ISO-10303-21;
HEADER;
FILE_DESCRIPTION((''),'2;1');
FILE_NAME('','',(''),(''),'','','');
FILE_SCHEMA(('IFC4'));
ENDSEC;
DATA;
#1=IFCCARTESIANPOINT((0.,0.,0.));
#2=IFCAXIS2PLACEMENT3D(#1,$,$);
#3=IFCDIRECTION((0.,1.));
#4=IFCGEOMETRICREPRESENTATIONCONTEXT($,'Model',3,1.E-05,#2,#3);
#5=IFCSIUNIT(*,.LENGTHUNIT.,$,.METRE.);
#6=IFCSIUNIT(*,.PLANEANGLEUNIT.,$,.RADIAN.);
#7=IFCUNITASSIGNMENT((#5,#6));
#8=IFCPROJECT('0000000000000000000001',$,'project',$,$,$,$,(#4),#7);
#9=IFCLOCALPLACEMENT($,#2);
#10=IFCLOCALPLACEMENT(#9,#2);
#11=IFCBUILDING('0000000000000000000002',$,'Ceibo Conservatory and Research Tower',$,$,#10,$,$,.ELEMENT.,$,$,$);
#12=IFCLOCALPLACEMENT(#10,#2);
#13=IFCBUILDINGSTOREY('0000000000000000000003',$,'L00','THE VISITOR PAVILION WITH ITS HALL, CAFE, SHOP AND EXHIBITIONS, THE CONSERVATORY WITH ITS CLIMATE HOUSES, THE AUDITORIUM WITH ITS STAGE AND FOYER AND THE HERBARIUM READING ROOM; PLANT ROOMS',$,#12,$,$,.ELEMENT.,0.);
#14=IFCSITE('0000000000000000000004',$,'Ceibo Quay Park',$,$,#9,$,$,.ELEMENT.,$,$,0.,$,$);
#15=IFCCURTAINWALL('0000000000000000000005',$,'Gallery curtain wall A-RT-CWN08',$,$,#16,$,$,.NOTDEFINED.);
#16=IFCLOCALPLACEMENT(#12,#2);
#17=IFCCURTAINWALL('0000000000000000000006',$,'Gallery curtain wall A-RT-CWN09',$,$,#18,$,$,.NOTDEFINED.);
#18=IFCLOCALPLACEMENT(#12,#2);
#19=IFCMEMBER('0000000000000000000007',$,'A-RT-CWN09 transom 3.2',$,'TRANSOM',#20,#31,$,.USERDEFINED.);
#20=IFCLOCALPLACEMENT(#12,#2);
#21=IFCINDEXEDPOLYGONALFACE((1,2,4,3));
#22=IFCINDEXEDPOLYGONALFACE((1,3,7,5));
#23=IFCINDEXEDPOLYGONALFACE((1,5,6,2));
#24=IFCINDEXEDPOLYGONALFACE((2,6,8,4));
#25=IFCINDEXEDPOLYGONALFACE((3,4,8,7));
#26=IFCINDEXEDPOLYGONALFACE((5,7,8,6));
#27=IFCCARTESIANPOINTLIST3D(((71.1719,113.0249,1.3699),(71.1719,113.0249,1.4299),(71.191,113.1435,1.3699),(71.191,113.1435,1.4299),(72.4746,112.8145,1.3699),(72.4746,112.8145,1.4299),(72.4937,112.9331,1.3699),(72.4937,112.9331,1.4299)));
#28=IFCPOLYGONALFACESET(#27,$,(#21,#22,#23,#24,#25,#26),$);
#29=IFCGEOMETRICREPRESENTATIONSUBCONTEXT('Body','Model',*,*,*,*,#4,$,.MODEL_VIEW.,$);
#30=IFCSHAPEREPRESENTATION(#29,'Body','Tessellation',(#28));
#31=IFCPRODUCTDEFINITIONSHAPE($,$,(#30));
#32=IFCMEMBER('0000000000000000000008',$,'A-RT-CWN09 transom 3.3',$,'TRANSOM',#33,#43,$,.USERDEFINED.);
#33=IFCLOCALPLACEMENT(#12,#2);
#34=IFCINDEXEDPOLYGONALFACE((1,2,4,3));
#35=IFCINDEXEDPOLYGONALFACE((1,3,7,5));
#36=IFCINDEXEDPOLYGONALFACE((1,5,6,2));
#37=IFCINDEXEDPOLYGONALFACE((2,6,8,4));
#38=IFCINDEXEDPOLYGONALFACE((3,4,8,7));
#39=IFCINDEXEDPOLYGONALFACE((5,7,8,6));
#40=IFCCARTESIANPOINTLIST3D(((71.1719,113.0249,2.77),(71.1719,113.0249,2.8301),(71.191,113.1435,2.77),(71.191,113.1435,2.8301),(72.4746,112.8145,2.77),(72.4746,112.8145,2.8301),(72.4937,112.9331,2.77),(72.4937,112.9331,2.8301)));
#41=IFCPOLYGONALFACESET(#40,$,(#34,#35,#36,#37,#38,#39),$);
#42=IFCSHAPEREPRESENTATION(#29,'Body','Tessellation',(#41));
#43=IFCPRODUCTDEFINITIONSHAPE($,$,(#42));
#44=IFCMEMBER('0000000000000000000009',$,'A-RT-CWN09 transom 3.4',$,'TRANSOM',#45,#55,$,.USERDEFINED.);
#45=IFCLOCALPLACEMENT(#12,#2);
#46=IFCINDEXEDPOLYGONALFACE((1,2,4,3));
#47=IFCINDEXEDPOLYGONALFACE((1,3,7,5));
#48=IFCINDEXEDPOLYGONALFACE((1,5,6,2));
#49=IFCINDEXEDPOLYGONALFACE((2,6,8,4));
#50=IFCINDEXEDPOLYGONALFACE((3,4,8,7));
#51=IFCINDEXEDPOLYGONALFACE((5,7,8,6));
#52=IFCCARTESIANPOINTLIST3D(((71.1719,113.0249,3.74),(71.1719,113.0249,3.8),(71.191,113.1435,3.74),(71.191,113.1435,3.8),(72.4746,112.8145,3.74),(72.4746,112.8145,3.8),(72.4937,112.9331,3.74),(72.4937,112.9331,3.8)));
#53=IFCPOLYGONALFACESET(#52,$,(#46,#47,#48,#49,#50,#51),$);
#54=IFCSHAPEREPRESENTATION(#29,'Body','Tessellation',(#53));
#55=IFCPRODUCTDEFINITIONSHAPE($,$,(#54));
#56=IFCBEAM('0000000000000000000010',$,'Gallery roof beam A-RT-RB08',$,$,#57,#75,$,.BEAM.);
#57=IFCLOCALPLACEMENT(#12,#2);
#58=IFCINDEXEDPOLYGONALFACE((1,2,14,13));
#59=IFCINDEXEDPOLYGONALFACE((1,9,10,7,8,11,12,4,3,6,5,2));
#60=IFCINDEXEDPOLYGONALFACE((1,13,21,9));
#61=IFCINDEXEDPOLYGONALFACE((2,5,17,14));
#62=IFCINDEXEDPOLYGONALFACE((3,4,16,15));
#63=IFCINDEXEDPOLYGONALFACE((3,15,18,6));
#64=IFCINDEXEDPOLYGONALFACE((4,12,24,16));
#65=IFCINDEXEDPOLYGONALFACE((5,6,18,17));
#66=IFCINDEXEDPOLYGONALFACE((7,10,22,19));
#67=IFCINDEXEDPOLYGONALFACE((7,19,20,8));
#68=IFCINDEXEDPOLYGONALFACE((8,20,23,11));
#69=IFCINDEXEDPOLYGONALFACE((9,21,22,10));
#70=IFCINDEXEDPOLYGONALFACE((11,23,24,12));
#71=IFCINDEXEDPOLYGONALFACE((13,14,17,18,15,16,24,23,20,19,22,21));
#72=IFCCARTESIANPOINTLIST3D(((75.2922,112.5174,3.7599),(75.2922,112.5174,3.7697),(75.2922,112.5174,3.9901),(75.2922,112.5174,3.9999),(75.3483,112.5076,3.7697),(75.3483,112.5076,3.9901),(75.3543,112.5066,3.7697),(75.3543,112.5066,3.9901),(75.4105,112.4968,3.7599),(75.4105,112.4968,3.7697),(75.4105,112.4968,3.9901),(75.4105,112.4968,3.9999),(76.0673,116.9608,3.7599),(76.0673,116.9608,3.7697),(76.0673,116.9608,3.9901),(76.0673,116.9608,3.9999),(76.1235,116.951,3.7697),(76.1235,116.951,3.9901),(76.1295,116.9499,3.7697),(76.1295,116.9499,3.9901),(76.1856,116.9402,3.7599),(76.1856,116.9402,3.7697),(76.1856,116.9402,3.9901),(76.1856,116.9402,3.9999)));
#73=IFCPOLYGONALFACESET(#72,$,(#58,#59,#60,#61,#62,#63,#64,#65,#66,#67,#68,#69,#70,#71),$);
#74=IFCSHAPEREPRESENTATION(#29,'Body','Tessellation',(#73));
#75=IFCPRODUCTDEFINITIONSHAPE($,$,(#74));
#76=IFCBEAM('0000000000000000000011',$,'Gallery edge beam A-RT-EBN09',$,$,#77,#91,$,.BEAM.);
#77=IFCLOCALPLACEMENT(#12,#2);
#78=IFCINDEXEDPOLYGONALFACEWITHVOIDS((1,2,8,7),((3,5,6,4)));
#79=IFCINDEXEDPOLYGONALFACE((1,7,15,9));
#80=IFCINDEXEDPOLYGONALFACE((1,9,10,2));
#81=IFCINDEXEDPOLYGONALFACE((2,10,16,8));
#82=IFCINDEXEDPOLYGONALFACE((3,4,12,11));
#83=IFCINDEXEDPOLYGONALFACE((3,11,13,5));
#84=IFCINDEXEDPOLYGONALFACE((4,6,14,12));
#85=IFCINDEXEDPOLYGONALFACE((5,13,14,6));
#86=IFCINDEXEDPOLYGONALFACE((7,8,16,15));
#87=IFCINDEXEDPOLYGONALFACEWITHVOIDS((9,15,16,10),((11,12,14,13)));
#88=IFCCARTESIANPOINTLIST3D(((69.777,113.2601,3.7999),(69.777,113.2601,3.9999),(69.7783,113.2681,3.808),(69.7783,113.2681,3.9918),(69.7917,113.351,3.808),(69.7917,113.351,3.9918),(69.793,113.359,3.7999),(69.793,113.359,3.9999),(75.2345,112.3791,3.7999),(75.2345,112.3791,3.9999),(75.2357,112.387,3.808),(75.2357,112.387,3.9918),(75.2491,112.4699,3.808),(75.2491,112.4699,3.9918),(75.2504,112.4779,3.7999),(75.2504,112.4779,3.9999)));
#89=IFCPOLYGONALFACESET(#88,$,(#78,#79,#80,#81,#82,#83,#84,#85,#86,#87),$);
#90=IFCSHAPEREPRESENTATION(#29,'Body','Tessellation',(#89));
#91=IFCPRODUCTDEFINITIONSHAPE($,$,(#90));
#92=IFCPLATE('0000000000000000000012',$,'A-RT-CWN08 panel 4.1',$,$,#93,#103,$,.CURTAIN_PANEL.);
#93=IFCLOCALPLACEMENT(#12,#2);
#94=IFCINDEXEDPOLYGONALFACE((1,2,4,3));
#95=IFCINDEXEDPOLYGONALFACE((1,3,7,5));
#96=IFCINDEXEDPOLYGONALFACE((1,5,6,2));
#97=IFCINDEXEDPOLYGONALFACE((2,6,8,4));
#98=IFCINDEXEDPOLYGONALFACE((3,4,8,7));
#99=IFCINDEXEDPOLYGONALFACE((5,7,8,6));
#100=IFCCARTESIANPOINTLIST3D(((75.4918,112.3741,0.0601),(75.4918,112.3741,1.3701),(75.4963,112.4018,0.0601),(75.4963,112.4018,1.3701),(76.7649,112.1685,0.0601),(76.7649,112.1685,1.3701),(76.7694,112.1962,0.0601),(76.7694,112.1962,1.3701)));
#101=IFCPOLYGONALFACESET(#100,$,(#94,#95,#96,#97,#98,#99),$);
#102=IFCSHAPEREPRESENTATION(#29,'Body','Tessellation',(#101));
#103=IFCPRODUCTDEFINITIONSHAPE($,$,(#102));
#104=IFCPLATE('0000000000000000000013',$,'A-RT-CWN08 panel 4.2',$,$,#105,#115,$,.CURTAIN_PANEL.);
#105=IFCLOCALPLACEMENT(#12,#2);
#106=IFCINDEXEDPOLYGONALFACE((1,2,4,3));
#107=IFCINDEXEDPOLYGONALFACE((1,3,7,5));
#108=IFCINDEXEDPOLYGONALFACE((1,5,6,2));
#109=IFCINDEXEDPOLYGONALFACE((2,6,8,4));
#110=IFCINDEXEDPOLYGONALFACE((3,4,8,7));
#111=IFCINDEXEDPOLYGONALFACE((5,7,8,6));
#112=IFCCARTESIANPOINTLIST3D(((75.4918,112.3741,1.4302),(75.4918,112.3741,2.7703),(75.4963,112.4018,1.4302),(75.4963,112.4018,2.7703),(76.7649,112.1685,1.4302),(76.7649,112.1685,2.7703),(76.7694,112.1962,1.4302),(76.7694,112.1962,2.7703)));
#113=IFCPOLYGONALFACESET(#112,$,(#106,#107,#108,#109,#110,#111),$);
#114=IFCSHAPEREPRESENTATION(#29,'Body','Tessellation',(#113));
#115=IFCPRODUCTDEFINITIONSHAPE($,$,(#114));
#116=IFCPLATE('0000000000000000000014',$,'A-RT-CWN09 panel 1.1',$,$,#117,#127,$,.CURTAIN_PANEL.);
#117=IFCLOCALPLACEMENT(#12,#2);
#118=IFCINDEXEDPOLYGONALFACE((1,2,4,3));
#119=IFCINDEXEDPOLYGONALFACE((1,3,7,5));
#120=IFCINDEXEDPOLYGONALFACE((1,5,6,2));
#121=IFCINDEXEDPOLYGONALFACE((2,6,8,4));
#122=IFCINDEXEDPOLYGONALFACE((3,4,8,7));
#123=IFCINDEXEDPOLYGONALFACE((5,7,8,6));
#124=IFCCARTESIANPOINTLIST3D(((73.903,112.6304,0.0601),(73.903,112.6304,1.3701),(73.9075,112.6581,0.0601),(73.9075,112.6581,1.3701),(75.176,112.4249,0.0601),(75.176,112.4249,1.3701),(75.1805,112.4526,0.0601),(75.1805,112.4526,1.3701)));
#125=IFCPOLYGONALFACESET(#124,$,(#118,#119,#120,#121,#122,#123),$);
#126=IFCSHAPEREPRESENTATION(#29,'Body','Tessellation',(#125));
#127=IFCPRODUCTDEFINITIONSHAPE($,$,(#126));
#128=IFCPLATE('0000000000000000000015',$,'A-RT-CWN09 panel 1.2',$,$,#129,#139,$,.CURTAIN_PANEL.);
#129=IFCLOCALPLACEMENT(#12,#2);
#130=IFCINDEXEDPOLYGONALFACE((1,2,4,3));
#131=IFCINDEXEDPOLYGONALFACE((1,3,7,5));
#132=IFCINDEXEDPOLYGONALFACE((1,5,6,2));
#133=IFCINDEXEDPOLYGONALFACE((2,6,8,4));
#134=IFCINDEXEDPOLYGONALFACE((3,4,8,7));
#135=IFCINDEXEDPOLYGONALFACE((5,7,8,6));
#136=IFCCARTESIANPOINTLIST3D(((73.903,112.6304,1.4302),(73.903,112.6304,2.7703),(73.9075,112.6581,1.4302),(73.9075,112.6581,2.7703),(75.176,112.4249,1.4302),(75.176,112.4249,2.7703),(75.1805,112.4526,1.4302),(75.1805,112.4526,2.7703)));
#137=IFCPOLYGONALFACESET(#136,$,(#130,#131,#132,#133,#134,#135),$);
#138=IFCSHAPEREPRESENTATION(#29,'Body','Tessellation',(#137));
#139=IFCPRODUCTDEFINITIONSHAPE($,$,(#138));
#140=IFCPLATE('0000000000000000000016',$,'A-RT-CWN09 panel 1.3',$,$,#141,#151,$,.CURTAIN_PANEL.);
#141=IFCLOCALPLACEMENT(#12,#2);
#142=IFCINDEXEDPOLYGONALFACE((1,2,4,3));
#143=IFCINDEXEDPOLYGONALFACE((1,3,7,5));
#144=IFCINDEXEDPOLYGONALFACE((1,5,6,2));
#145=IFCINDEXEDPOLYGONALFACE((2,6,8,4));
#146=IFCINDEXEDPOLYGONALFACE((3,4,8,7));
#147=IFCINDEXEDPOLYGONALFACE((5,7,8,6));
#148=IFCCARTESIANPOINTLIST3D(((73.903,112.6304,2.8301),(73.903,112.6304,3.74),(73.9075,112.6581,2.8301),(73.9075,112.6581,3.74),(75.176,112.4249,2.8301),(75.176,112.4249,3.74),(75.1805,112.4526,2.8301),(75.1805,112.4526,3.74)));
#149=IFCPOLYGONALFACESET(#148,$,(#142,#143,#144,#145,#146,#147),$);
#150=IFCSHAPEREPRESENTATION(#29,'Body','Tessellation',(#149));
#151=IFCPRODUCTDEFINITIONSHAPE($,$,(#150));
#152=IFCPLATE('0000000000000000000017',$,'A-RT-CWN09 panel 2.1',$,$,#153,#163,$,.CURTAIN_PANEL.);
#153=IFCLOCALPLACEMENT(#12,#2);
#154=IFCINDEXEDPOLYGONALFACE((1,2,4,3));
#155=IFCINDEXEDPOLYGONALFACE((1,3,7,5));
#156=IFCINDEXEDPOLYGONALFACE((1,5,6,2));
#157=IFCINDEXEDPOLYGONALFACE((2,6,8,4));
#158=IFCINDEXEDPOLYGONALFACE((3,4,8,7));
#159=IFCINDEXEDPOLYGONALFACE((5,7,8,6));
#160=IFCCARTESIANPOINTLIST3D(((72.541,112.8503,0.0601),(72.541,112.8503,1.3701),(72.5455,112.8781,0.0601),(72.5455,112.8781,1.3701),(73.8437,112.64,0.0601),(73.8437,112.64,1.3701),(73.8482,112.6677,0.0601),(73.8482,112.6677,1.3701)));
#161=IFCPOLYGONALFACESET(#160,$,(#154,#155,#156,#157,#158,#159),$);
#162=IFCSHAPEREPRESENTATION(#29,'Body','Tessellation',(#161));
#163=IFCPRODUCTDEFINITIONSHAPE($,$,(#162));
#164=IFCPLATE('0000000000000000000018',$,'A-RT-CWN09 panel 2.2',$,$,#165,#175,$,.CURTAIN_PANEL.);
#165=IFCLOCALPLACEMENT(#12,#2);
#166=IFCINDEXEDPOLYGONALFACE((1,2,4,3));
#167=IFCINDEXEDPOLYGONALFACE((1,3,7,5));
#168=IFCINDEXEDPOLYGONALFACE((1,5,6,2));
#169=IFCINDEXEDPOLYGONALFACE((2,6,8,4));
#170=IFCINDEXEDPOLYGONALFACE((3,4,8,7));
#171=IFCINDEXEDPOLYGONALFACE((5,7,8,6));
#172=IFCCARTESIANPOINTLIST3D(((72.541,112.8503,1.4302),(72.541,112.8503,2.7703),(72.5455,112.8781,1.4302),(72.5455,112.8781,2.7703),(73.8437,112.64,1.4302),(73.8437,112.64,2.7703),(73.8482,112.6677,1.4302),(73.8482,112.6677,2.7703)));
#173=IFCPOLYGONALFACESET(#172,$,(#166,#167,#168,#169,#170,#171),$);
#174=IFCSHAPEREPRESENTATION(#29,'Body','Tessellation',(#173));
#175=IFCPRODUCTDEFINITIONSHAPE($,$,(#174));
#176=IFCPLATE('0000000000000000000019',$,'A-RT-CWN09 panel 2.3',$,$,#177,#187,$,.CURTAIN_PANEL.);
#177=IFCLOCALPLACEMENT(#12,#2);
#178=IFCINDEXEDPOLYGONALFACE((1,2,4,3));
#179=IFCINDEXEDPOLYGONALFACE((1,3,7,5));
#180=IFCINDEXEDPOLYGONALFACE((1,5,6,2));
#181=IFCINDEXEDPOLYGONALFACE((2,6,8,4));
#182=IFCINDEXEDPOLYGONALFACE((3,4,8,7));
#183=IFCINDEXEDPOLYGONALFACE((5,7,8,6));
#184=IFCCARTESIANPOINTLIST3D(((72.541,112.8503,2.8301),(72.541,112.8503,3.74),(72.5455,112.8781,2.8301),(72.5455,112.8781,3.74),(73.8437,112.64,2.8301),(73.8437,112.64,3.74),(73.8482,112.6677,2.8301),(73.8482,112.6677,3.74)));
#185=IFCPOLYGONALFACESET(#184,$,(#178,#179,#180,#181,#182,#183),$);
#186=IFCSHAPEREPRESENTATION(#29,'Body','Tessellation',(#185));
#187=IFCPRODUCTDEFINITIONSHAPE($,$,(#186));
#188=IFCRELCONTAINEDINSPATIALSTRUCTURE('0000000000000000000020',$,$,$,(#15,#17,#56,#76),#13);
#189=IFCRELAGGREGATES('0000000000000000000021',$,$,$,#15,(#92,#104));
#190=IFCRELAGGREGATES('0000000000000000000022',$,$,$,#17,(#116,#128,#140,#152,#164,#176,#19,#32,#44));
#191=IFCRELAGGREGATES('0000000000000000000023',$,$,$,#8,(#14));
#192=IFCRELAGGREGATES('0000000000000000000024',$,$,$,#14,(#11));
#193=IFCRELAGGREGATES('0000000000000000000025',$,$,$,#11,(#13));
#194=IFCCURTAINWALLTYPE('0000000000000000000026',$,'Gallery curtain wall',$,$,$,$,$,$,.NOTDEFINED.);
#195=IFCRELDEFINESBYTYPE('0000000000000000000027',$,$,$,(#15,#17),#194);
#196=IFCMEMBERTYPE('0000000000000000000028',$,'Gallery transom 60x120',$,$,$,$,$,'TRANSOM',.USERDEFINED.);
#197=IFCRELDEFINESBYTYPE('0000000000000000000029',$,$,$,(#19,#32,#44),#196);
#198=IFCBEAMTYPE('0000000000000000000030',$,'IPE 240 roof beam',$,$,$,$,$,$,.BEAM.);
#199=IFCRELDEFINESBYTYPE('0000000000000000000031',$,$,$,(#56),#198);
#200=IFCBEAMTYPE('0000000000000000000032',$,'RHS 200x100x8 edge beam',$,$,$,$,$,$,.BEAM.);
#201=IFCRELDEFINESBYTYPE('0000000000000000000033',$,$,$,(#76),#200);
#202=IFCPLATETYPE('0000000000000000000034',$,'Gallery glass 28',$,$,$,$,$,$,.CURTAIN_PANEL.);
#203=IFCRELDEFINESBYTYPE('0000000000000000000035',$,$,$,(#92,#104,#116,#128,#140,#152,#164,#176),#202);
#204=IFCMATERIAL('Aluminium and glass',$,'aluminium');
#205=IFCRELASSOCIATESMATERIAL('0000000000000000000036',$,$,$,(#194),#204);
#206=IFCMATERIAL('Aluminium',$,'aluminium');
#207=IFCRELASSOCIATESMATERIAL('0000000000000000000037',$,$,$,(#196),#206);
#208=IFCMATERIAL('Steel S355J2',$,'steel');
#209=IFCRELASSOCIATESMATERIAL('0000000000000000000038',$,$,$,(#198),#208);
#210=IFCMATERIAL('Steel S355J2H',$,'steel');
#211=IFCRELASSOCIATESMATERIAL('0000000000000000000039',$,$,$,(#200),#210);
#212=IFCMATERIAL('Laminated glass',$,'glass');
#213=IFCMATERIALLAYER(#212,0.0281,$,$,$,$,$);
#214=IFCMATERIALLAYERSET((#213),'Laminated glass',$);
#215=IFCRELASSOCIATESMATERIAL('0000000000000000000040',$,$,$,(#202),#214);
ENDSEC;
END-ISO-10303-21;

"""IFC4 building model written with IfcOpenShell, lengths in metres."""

from ifc_helpers import new_model, si_unit, direction, frame, origin, origin_2d, place, context, subcontext, project, spatial, rectangle, hollow_rectangle, i_section, extrude, material, layer, layer_set, material_profile, profile_set, type_object, element, aggregate, save


model = new_model("IFC4")

# Units and contexts
model_context = context("Model", 3, precision=1e-05, world=origin(), true_north=direction((0.0, 1.0)))
body_context = subcontext(model_context, "Body", "Model", "MODEL_VIEW")
ifc_project = project(units=[si_unit("LENGTHUNIT", "METRE"), si_unit("PLANEANGLEUNIT", "RADIAN")], contexts=[model_context])

# Site, building, storey
site_placement = place(None, origin())
site = spatial("IfcSite", under=ifc_project, at=site_placement, Name="Ceibo Quay Park", CompositionType="ELEMENT", RefElevation=0.0)
building_placement = place(site_placement, origin())
building = spatial("IfcBuilding", under=site, at=building_placement, Name="Ceibo Conservatory and Research Tower", CompositionType="ELEMENT")
storey_placement = place(building_placement, origin())
storey = spatial("IfcBuildingStorey", under=building, at=storey_placement, Name="L00", Description="THE VISITOR PAVILION WITH ITS HALL, CAFE, SHOP AND EXHIBITIONS, THE CONSERVATORY WITH ITS CLIMATE HOUSES, THE AUDITORIUM WITH ITS STAGE AND FOYER AND THE HERBARIUM READING ROOM; PLANT ROOMS", CompositionType="ELEMENT", Elevation=0.0)

# Shared definitions
ifc_material_1 = material(Name="Steel S355J2H", Category="steel")

# Curtain wall
ifc_material_2 = material(Name="Aluminium and glass", Category="aluminium")
curtain_wall_type = type_object("IfcCurtainWallType", Name="Gallery curtain wall", PredefinedType="NOTDEFINED", material=ifc_material_2)
curtain_wall_1_placement = place(storey_placement, origin())
curtain_wall_1 = element("IfcCurtainWall", 1, at=curtain_wall_1_placement, inside=storey, type_object=curtain_wall_type, Name="Gallery curtain wall A-RT-CWN08", PredefinedType="NOTDEFINED")
ifc_material_3 = material(Name="Aluminium", Category="aluminium")

# Curtain wall, members
curtain_wall_2_placement = place(storey_placement, origin())
curtain_wall_2 = element("IfcCurtainWall", 2, at=curtain_wall_2_placement, inside=storey, type_object=curtain_wall_type, Name="Gallery curtain wall A-RT-CWN09", PredefinedType="NOTDEFINED")
ifc_material_profile_1 = material_profile(ifc_material_3, rectangle(XDim=0.1201, YDim=0.0601, at=origin_2d()), Name="AL 60x120")
ifc_profile_set_1 = profile_set([ifc_material_profile_1], Name="Aluminium")
member_type_1 = type_object("IfcMemberType", Name="Gallery transom 60x120", ElementType="TRANSOM", PredefinedType="USERDEFINED", material=ifc_profile_set_1)
member_1_placement = place(storey_placement, frame((72.4841, 112.8738, 1.3999), z_axis=(-0.987202, 0.159477, 0.0), x_axis=(-0.159477, -0.987202, 0.0)))
member_1 = element("IfcMember", 3, at=member_1_placement, type_object=member_type_1, Name="A-RT-CWN09 transom 3.2", ObjectType="TRANSOM", PredefinedType="USERDEFINED", context=body_context, shape_type="SweptSolid", body=[
    extrude(rectangle(XDim=0.1201, YDim=0.0601, at=origin_2d()), origin(), (0.0, 0.0, 1.0), 1.3196),
])
member_2_placement = place(storey_placement, frame((72.4841, 112.8738, 2.8), z_axis=(-0.987202, 0.159477, 0.0), x_axis=(-0.159477, -0.987202, 0.0)))
member_2 = element("IfcMember", 4, at=member_2_placement, type_object=member_type_1, Name="A-RT-CWN09 transom 3.3", ObjectType="TRANSOM", PredefinedType="USERDEFINED", context=body_context, shape_type="SweptSolid", body=[
    extrude(rectangle(XDim=0.1201, YDim=0.0601, at=origin_2d()), origin(), (0.0, 0.0, 1.0), 1.3196),
])
member_3_placement = place(storey_placement, frame((72.4841, 112.8738, 3.77), z_axis=(-0.987202, 0.159477, 0.0), x_axis=(-0.159477, -0.987202, 0.0)))
member_3 = element("IfcMember", 5, at=member_3_placement, type_object=member_type_1, Name="A-RT-CWN09 transom 3.4", ObjectType="TRANSOM", PredefinedType="USERDEFINED", context=body_context, shape_type="SweptSolid", body=[
    extrude(rectangle(XDim=0.1201, YDim=0.0601, at=origin_2d()), origin(), (0.0, 0.0, 1.0), 1.3196),
])

# Beams
ifc_material_4 = material(Name="Steel S355J2", Category="steel")
ifc_material_profile_2 = material_profile(ifc_material_4, i_section(OverallWidth=0.1201, OverallDepth=0.24, WebThickness=0.0061, FlangeThickness=0.0098, at=origin_2d()), Name="IPE 240")
ifc_profile_set_2 = profile_set([ifc_material_profile_2], Name="Steel S355J2")
beam_type_1 = type_object("IfcBeamType", Name="IPE 240 roof beam", PredefinedType="BEAM", material=ifc_profile_set_2)
beam_1_placement = place(storey_placement, frame((75.3513, 112.5071, 3.8799), z_axis=(0.171855, 0.985122, 0.0), x_axis=(-0.985122, 0.171855, 0.0)))
element("IfcBeam", 6, at=beam_1_placement, inside=storey, type_object=beam_type_1, Name="Gallery roof beam A-RT-RB08", PredefinedType="BEAM", context=body_context, shape_type="SweptSolid", body=[
    extrude(i_section(OverallWidth=0.1201, OverallDepth=0.24, WebThickness=0.0061, FlangeThickness=0.0098, at=origin_2d()), origin(), (0.0, 0.0, 1.0), 4.5105),
])
ifc_material_profile_3 = material_profile(ifc_material_1, hollow_rectangle(XDim=0.1001, YDim=0.2, WallThickness=0.0081, at=origin_2d()), Name="RHS 200x100x8 edge beam")
ifc_profile_set_3 = profile_set([ifc_material_profile_3], Name="Steel S355J2H")
beam_type_2 = type_object("IfcBeamType", Name="RHS 200x100x8 edge beam", PredefinedType="BEAM", material=ifc_profile_set_3)
beam_2_placement = place(storey_placement, frame((75.2424, 112.4285, 3.8999), z_axis=(-0.987217, 0.159384, 0.0), x_axis=(-0.159384, -0.987217, 0.0)))
element("IfcBeam", 7, at=beam_2_placement, inside=storey, type_object=beam_type_2, Name="Gallery edge beam A-RT-EBN09", PredefinedType="BEAM", context=body_context, shape_type="SweptSolid", body=[
    extrude(hollow_rectangle(XDim=0.1001, YDim=0.2, WallThickness=0.0081, at=origin_2d()), origin(), (0.0, 0.0, 1.0), 5.5281),
])

# Plates
ifc_material_5 = material(Name="Laminated glass", Category="glass")
ifc_layer = layer(ifc_material_5, 0.0281)
ifc_layer_set = layer_set([ifc_layer], Name="Laminated glass")
plate_type = type_object("IfcPlateType", Name="Gallery glass 28", PredefinedType="CURTAIN_PANEL", material=ifc_layer_set)
plate_1_placement = place(storey_placement, frame((76.1306, 112.2852, 0.0601), z_axis=(0.0, 0.0, 1.0), x_axis=(-0.987216, 0.159391, 0.0)))
plate_1 = element("IfcPlate", 8, at=plate_1_placement, type_object=plate_type, Name="A-RT-CWN08 panel 4.1", PredefinedType="CURTAIN_PANEL", context=body_context, shape_type="SweptSolid", body=[
    extrude(rectangle(XDim=1.2896, YDim=0.0281, at=origin_2d()), origin(), (0.0, 0.0, 1.0), 1.3101),
])
plate_2_placement = place(storey_placement, frame((76.1306, 112.2852, 1.4302), z_axis=(0.0, 0.0, 1.0), x_axis=(-0.987216, 0.159391, 0.0)))
plate_2 = element("IfcPlate", 9, at=plate_2_placement, type_object=plate_type, Name="A-RT-CWN08 panel 4.2", PredefinedType="CURTAIN_PANEL", context=body_context, shape_type="SweptSolid", body=[
    extrude(rectangle(XDim=1.2896, YDim=0.0281, at=origin_2d()), origin(), (0.0, 0.0, 1.0), 1.3401),
])
aggregate(curtain_wall_1, [plate_1, plate_2])
plate_3_placement = place(storey_placement, frame((74.5417, 112.5415, 0.0601), z_axis=(0.0, 0.0, 1.0), x_axis=(-0.987216, 0.159391, 0.0)))
plate_3 = element("IfcPlate", 10, at=plate_3_placement, type_object=plate_type, Name="A-RT-CWN09 panel 1.1", PredefinedType="CURTAIN_PANEL", context=body_context, shape_type="SweptSolid", body=[
    extrude(rectangle(XDim=1.2896, YDim=0.0281, at=origin_2d()), origin(), (0.0, 0.0, 1.0), 1.3101),
])
plate_4_placement = place(storey_placement, frame((74.5417, 112.5415, 1.4302), z_axis=(0.0, 0.0, 1.0), x_axis=(-0.987216, 0.159391, 0.0)))
plate_4 = element("IfcPlate", 11, at=plate_4_placement, type_object=plate_type, Name="A-RT-CWN09 panel 1.2", PredefinedType="CURTAIN_PANEL", context=body_context, shape_type="SweptSolid", body=[
    extrude(rectangle(XDim=1.2896, YDim=0.0281, at=origin_2d()), origin(), (0.0, 0.0, 1.0), 1.3401),
])
plate_5_placement = place(storey_placement, frame((74.5417, 112.5415, 2.8301), z_axis=(0.0, 0.0, 1.0), x_axis=(-0.987216, 0.159391, 0.0)))
plate_5 = element("IfcPlate", 12, at=plate_5_placement, type_object=plate_type, Name="A-RT-CWN09 panel 1.3", PredefinedType="CURTAIN_PANEL", context=body_context, shape_type="SweptSolid", body=[
    extrude(rectangle(XDim=1.2896, YDim=0.0281, at=origin_2d()), origin(), (0.0, 0.0, 1.0), 0.9099),
])
plate_6_placement = place(storey_placement, frame((73.1946, 112.759, 0.0601), z_axis=(0.0, 0.0, 1.0), x_axis=(-0.987216, 0.159391, 0.0)))
plate_6 = element("IfcPlate", 13, at=plate_6_placement, type_object=plate_type, Name="A-RT-CWN09 panel 2.1", PredefinedType="CURTAIN_PANEL", context=body_context, shape_type="SweptSolid", body=[
    extrude(rectangle(XDim=1.3196, YDim=0.0281, at=origin_2d()), origin(), (0.0, 0.0, 1.0), 1.3101),
])
plate_7_placement = place(storey_placement, frame((73.1946, 112.759, 1.4302), z_axis=(0.0, 0.0, 1.0), x_axis=(-0.987216, 0.159391, 0.0)))
plate_7 = element("IfcPlate", 14, at=plate_7_placement, type_object=plate_type, Name="A-RT-CWN09 panel 2.2", PredefinedType="CURTAIN_PANEL", context=body_context, shape_type="SweptSolid", body=[
    extrude(rectangle(XDim=1.3196, YDim=0.0281, at=origin_2d()), origin(), (0.0, 0.0, 1.0), 1.3401),
])
plate_8_placement = place(storey_placement, frame((73.1946, 112.759, 2.8301), z_axis=(0.0, 0.0, 1.0), x_axis=(-0.987216, 0.159391, 0.0)))
plate_8 = element("IfcPlate", 15, at=plate_8_placement, type_object=plate_type, Name="A-RT-CWN09 panel 2.3", PredefinedType="CURTAIN_PANEL", context=body_context, shape_type="SweptSolid", body=[
    extrude(rectangle(XDim=1.3196, YDim=0.0281, at=origin_2d()), origin(), (0.0, 0.0, 1.0), 0.9099),
])
aggregate(curtain_wall_2, [plate_3, plate_4, plate_5, plate_6, plate_7, plate_8, member_1, member_2, member_3])

save(model, "model.ifc")
